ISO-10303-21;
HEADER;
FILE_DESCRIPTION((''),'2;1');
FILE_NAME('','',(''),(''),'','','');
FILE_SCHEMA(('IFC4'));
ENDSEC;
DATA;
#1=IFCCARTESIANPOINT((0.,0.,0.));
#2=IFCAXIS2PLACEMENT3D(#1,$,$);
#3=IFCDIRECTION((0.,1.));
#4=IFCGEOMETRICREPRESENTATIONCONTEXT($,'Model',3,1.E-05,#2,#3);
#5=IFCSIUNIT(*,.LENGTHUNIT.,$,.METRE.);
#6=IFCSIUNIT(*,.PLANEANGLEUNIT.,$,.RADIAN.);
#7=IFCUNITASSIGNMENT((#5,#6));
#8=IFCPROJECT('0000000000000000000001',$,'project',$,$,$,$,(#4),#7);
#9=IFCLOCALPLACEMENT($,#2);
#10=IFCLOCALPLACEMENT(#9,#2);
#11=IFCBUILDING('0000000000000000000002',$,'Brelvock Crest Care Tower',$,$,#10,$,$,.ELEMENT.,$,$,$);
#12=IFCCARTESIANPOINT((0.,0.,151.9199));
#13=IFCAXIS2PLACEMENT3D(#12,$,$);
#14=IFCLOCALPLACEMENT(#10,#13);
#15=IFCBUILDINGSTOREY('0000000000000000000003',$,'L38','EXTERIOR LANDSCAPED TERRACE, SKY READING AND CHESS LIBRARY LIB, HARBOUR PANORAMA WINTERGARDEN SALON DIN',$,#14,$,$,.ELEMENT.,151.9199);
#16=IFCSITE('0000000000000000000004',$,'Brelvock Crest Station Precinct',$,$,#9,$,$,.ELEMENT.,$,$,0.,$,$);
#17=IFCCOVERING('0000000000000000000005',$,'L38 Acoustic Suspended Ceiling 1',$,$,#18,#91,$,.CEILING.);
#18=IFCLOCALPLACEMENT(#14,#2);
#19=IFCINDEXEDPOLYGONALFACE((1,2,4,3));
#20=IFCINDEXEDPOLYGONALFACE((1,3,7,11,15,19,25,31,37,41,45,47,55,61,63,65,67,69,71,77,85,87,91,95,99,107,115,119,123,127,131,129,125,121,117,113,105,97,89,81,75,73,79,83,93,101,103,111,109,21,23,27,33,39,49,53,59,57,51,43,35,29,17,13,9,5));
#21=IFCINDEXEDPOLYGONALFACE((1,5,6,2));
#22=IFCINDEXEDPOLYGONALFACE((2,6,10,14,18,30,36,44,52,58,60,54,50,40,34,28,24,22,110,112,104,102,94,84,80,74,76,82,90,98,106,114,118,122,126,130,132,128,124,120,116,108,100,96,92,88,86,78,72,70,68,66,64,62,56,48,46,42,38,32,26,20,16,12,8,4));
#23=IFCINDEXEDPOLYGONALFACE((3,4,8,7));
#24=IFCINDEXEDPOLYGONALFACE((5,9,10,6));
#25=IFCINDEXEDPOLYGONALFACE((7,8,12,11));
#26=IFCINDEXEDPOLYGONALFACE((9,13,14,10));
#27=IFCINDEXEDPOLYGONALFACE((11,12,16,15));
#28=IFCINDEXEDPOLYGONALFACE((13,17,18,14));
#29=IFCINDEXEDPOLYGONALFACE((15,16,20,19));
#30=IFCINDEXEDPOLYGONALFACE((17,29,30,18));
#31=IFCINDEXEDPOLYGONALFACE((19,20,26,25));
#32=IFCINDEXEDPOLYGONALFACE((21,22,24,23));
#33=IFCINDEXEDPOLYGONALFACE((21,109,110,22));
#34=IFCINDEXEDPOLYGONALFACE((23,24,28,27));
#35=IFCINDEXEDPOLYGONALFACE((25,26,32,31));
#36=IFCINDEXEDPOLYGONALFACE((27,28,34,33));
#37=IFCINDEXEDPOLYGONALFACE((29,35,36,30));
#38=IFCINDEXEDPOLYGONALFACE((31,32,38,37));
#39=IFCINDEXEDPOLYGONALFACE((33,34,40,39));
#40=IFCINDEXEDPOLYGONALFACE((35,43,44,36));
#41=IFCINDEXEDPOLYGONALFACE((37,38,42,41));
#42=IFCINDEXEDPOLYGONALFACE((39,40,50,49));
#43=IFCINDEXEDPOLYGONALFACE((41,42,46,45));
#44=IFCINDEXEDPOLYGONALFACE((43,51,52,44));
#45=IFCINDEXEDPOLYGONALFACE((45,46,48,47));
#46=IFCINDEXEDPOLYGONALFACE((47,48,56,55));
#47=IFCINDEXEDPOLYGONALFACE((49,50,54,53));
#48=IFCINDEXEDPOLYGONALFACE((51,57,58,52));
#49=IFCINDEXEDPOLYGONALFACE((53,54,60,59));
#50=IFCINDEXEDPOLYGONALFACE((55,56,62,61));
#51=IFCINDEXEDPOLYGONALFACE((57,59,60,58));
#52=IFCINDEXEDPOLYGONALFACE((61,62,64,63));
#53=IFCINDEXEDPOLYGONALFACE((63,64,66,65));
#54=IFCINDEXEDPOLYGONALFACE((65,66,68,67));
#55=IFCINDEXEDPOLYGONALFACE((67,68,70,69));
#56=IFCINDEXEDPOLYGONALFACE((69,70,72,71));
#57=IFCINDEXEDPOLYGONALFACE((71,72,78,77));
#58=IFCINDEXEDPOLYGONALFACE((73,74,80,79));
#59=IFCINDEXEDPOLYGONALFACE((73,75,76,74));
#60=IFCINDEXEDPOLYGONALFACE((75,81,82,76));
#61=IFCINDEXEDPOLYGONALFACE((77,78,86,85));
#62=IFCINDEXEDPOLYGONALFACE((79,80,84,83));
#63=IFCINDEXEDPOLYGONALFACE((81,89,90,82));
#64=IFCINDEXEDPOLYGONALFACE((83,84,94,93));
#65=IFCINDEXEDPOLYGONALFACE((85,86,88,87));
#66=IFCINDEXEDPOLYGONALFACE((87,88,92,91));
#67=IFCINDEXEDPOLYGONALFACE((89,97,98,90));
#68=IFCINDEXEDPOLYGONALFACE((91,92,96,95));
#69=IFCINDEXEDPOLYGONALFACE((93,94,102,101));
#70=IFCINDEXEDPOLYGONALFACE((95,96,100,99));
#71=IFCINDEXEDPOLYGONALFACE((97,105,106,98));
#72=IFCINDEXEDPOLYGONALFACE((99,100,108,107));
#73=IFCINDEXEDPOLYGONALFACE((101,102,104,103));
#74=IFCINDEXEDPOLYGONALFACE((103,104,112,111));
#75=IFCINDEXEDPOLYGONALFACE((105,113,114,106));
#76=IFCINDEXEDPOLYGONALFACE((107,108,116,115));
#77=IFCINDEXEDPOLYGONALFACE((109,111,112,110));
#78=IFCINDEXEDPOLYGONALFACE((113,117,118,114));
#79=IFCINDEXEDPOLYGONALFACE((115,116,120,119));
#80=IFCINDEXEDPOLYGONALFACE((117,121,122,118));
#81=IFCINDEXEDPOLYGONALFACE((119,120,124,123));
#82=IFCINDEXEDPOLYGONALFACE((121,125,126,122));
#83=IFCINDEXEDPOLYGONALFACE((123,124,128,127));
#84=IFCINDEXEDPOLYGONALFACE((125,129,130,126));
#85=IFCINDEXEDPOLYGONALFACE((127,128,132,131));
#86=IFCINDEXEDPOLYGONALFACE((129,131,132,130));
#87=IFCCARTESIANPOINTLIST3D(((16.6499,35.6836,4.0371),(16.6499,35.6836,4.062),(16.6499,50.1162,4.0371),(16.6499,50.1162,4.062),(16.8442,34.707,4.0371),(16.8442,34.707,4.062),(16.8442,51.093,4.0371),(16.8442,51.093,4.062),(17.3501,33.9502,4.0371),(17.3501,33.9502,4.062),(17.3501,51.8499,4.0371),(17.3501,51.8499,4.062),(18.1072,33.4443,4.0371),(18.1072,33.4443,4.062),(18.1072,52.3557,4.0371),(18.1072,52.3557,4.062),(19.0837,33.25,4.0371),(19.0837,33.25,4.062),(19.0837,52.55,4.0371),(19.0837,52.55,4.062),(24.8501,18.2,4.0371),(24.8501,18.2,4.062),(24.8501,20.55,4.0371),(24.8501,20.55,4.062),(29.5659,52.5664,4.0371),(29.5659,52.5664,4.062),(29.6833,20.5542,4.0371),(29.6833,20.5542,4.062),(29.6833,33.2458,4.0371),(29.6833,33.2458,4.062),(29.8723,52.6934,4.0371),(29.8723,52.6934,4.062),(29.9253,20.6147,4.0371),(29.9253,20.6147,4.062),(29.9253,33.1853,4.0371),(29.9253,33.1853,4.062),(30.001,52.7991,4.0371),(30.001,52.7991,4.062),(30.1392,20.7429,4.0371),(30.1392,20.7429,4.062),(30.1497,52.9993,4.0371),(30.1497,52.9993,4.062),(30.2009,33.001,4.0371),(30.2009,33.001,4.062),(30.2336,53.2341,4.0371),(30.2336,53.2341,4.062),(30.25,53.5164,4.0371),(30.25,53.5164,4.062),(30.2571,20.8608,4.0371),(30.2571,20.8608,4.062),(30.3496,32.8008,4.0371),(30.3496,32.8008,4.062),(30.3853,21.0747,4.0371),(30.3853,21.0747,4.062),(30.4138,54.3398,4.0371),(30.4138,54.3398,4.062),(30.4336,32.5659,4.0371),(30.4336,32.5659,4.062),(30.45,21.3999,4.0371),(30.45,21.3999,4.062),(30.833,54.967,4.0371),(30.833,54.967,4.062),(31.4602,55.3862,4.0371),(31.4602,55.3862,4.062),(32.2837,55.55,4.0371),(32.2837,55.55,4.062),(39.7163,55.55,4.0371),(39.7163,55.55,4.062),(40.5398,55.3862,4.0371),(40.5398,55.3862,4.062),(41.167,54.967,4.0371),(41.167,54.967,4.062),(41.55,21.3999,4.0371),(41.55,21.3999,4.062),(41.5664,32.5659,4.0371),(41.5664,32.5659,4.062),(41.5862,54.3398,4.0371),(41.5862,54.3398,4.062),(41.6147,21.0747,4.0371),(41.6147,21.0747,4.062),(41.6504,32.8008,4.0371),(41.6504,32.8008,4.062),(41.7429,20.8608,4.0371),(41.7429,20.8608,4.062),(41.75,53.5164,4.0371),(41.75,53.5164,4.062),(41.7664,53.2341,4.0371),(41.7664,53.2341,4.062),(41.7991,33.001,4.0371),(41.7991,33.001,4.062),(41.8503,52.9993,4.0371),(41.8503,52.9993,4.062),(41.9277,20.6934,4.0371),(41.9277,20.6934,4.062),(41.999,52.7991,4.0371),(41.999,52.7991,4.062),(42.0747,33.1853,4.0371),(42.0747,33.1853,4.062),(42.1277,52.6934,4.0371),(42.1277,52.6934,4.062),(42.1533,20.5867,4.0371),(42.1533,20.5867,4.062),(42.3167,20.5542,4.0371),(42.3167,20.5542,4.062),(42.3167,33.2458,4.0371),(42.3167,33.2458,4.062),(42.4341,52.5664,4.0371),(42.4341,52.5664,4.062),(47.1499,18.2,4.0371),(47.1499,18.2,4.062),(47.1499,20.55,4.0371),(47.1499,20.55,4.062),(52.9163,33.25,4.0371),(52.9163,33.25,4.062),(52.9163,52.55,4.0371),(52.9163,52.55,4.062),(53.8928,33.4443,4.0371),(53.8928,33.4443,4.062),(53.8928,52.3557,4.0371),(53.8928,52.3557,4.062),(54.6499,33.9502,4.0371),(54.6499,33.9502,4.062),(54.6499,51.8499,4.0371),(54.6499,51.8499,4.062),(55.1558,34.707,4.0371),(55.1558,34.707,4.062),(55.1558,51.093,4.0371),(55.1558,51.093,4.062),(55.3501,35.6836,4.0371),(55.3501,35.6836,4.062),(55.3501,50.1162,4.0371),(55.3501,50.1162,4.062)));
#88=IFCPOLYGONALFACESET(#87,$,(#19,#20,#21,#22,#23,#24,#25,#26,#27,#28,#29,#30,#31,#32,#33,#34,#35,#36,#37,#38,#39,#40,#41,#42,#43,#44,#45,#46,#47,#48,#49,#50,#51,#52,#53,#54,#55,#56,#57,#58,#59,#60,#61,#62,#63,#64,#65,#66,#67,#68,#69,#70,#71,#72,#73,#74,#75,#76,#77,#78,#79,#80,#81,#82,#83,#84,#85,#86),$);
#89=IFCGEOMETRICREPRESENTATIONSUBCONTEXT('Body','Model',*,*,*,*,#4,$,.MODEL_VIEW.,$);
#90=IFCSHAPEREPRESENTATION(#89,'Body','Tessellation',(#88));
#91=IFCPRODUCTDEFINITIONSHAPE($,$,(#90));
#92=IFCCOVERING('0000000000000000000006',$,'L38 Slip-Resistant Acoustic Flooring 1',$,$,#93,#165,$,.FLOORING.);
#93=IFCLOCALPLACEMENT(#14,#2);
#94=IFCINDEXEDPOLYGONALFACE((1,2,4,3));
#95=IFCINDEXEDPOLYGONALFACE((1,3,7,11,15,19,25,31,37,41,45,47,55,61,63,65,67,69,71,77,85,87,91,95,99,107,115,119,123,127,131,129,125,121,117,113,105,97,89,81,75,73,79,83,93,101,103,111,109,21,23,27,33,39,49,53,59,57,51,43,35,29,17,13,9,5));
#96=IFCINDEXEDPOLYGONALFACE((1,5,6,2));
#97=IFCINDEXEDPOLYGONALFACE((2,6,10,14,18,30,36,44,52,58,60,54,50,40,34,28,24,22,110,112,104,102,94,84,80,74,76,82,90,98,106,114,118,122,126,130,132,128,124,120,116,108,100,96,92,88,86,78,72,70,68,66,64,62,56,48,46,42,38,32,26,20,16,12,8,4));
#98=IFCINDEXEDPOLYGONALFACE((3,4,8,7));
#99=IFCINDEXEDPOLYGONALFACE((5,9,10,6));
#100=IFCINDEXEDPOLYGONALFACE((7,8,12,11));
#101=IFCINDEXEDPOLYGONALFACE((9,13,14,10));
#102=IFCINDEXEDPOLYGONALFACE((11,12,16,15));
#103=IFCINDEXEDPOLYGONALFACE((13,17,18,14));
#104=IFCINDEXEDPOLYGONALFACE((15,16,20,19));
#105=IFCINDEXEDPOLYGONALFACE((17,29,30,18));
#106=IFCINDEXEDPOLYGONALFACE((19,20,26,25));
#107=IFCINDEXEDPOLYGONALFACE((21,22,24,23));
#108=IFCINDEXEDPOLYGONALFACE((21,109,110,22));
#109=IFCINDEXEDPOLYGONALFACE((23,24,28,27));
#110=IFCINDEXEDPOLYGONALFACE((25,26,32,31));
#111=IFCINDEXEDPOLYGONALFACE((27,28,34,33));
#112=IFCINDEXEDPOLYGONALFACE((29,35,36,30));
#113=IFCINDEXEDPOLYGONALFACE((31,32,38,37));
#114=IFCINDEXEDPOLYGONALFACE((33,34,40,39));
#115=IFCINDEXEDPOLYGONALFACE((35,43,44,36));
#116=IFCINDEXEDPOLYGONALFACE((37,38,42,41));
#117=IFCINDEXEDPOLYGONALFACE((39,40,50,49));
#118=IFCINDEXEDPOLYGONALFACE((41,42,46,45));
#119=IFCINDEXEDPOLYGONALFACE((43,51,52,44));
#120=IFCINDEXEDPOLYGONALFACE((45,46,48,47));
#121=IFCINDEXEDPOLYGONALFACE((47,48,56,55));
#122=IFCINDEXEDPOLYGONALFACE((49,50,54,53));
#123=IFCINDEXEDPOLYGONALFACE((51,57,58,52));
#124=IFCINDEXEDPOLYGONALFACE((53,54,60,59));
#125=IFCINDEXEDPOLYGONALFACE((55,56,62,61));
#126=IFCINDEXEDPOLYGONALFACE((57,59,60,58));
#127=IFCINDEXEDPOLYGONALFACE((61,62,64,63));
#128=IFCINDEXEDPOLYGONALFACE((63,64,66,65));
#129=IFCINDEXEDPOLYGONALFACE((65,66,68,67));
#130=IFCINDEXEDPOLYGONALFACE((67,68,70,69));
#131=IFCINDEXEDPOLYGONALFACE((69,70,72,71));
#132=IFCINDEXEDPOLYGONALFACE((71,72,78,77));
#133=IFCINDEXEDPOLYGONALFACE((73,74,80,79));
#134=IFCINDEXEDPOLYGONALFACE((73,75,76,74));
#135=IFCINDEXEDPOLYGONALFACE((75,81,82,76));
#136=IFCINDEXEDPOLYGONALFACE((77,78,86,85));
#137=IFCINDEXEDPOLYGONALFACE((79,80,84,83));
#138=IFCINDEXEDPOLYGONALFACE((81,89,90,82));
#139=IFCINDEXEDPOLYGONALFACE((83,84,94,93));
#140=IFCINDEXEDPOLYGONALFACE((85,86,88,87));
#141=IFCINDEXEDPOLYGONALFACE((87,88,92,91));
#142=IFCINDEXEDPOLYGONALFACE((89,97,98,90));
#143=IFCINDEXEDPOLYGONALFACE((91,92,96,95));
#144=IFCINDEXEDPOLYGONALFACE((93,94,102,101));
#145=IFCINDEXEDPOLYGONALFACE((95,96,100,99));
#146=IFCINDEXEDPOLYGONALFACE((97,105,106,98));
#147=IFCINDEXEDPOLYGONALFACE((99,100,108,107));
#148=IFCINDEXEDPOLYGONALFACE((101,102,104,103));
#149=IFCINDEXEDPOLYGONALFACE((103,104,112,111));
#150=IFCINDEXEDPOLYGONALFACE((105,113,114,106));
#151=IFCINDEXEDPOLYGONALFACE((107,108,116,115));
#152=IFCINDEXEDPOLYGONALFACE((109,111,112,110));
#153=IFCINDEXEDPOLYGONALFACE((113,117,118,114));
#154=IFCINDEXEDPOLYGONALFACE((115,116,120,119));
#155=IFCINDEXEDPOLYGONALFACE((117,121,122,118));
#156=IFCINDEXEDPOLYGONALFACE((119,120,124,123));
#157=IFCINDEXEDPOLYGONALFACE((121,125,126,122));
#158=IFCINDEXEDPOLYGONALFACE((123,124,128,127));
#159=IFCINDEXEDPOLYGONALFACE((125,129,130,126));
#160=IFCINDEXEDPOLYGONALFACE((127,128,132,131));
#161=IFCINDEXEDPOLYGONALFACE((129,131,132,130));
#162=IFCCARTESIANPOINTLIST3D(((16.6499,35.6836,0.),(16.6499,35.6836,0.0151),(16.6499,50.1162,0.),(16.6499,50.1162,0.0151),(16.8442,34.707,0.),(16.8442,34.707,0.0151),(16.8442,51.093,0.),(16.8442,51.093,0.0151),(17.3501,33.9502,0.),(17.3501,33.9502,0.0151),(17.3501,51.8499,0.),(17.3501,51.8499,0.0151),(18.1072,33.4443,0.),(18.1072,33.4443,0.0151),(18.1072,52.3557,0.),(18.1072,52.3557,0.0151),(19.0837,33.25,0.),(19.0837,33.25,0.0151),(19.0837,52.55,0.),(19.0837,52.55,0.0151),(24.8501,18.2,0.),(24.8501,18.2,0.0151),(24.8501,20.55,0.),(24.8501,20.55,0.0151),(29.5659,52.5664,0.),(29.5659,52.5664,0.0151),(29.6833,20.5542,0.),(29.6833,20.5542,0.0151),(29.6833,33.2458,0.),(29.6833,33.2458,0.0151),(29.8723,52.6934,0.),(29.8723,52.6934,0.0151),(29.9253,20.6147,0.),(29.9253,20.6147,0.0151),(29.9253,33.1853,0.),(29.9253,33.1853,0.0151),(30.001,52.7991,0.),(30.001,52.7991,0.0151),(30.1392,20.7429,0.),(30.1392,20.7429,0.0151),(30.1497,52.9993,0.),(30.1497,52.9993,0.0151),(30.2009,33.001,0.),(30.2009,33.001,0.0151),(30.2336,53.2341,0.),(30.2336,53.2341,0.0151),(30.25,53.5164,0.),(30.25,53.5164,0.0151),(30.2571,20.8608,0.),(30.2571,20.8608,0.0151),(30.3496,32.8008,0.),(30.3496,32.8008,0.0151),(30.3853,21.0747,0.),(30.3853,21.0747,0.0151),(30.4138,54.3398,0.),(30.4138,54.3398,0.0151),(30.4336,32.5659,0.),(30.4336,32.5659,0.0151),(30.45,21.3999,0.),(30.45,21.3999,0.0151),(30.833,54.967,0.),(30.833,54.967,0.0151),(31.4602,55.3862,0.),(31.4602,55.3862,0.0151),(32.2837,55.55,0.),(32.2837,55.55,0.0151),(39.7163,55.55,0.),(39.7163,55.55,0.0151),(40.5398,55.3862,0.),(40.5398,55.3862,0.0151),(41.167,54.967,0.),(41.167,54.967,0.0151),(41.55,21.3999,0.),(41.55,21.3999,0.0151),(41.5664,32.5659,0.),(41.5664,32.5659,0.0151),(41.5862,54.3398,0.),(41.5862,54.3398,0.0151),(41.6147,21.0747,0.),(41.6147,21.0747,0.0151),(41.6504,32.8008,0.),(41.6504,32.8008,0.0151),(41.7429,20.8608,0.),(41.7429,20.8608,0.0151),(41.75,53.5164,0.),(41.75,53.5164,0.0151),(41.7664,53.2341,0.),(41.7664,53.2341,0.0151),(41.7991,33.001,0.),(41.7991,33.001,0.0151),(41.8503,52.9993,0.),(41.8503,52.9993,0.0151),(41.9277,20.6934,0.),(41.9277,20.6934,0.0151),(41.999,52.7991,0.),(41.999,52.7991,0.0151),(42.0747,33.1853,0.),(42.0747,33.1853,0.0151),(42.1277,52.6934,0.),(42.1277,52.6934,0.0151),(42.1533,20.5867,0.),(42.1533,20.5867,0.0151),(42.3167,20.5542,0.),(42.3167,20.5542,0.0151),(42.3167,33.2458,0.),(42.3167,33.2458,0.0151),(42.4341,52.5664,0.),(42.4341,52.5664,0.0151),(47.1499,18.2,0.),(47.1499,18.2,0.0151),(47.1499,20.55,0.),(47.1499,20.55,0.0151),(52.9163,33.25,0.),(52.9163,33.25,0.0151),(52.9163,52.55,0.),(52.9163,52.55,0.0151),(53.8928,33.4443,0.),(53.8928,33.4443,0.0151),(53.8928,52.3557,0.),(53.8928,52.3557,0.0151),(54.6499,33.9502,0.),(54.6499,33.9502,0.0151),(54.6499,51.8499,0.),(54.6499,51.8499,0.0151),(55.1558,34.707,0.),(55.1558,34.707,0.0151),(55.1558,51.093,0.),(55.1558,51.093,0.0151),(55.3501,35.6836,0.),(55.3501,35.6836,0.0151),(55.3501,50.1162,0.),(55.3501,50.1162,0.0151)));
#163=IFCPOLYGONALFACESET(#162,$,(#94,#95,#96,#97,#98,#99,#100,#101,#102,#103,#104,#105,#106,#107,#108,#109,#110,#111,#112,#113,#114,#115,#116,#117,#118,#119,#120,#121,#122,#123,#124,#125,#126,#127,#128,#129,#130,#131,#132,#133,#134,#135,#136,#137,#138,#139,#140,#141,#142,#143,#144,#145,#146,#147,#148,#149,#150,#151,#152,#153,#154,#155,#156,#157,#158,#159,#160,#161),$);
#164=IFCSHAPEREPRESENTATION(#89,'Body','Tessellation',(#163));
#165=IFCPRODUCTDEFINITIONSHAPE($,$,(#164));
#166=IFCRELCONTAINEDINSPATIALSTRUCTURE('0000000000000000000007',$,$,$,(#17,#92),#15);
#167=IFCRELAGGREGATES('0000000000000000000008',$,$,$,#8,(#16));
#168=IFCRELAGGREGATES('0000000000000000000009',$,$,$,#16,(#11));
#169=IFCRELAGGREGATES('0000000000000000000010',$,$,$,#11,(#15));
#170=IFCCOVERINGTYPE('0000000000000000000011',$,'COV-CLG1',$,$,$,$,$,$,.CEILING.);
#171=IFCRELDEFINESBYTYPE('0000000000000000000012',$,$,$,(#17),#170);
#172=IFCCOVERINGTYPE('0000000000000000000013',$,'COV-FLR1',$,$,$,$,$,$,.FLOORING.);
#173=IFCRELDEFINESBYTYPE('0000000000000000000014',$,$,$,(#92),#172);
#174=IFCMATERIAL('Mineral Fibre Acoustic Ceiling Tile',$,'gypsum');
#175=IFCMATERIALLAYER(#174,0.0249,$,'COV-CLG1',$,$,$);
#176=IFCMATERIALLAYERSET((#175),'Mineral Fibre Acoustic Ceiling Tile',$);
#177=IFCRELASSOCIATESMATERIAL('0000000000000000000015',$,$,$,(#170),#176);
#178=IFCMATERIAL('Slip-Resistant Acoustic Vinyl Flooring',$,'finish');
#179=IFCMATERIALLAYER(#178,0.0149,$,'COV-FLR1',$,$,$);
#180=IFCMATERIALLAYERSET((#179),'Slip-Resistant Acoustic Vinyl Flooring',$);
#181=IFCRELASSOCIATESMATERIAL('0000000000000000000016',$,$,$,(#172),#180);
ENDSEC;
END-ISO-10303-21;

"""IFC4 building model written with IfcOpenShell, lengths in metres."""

from ifc_helpers import new_model, si_unit, direction, frame, origin, place, context, subcontext, project, spatial, polyline, outline, extrude, material, layer, layer_set, type_object, element, save


model = new_model("IFC4")

# Units and contexts
model_context = context("Model", 3, precision=1e-05, world=origin(), true_north=direction((0.0, 1.0)))
body_context = subcontext(model_context, "Body", "Model", "MODEL_VIEW")
ifc_project = project(units=[si_unit("LENGTHUNIT", "METRE"), si_unit("PLANEANGLEUNIT", "RADIAN")], contexts=[model_context])

# Site, building, storey
site_placement = place(None, origin())
site = spatial("IfcSite", under=ifc_project, at=site_placement, Name="Brelvock Crest Station Precinct", CompositionType="ELEMENT", RefElevation=0.0)
building_placement = place(site_placement, origin())
building = spatial("IfcBuilding", under=site, at=building_placement, Name="Brelvock Crest Care Tower", CompositionType="ELEMENT")
storey_placement = place(building_placement, frame((0.0, 0.0, 151.9199)))
storey = spatial("IfcBuildingStorey", under=building, at=storey_placement, Name="L38", Description="EXTERIOR LANDSCAPED TERRACE, SKY READING AND CHESS LIBRARY LIB, HARBOUR PANORAMA WINTERGARDEN SALON DIN", CompositionType="ELEMENT", Elevation=151.9199)

# Coverings
ifc_material_1 = material(Name="Mineral Fibre Acoustic Ceiling Tile", Category="gypsum")
ifc_layer_1 = layer(ifc_material_1, 0.0249, Name="COV-CLG1")
ifc_layer_set_1 = layer_set([ifc_layer_1], Name="Mineral Fibre Acoustic Ceiling Tile")
covering_type_1 = type_object("IfcCoveringType", Name="COV-CLG1", PredefinedType="CEILING", material=ifc_layer_set_1)
covering_1_placement = place(storey_placement, frame((0.0, 0.0, 4.0371)))
element("IfcCovering", 1, at=covering_1_placement, inside=storey, type_object=covering_type_1, Name="L38 Acoustic Suspended Ceiling 1", PredefinedType="CEILING", context=body_context, shape_type="SweptSolid", body=[
    extrude(outline(polyline([(24.8501, 18.2), (47.1499, 18.2), (47.1499, 20.55), (42.3167, 20.5542), (42.1533, 20.5867), (41.9277, 20.6934), (41.7429, 20.8608), (41.6147, 21.0747), (41.55, 21.3999), (41.5664, 32.5659), (41.6504, 32.8008), (41.7991, 33.001), (42.0747, 33.1853), (42.3167, 33.2458), (52.9163, 33.25), (53.8928, 33.4443), (54.6499, 33.9502), (55.1558, 34.707), (55.3501, 35.6836), (55.3501, 50.1162), (55.1558, 51.093), (54.6499, 51.8499), (53.8928, 52.3557), (52.9163, 52.55), (42.4341, 52.5664), (42.1277, 52.6934), (41.999, 52.7991), (41.8503, 52.9993), (41.7664, 53.2341), (41.75, 53.5164), (41.5862, 54.3398), (41.167, 54.967), (40.5398, 55.3862), (39.7163, 55.55), (32.2837, 55.55), (31.4602, 55.3862), (30.833, 54.967), (30.4138, 54.3398), (30.25, 53.5164), (30.2336, 53.2341), (30.1497, 52.9993), (30.001, 52.7991), (29.8723, 52.6934), (29.5659, 52.5664), (19.0837, 52.55), (18.1072, 52.3557), (17.3501, 51.8499), (16.8442, 51.093), (16.6499, 50.1162), (16.6499, 35.6836), (16.8442, 34.707), (17.3501, 33.9502), (18.1072, 33.4443), (19.0837, 33.25), (29.6833, 33.2458), (29.9253, 33.1853), (30.2009, 33.001), (30.3496, 32.8008), (30.4336, 32.5659), (30.45, 21.3999), (30.3853, 21.0747), (30.2571, 20.8608), (30.1392, 20.7429), (29.9253, 20.6147), (29.6833, 20.5542), (24.8501, 20.55), (24.8501, 18.2)])), origin(), (0.0, 0.0, 1.0), 0.0249),
])
ifc_material_2 = material(Name="Slip-Resistant Acoustic Vinyl Flooring", Category="finish")
ifc_layer_2 = layer(ifc_material_2, 0.0149, Name="COV-FLR1")
ifc_layer_set_2 = layer_set([ifc_layer_2], Name="Slip-Resistant Acoustic Vinyl Flooring")
covering_type_2 = type_object("IfcCoveringType", Name="COV-FLR1", PredefinedType="FLOORING", material=ifc_layer_set_2)
covering_2_placement = place(storey_placement, origin())
element("IfcCovering", 2, at=covering_2_placement, inside=storey, type_object=covering_type_2, Name="L38 Slip-Resistant Acoustic Flooring 1", PredefinedType="FLOORING", context=body_context, shape_type="SweptSolid", body=[
    extrude(outline(polyline([(24.8501, 18.2), (47.1499, 18.2), (47.1499, 20.55), (42.3167, 20.5542), (42.1533, 20.5867), (41.9277, 20.6934), (41.7429, 20.8608), (41.6147, 21.0747), (41.55, 21.3999), (41.5664, 32.5659), (41.6504, 32.8008), (41.7991, 33.001), (42.0747, 33.1853), (42.3167, 33.2458), (52.9163, 33.25), (53.8928, 33.4443), (54.6499, 33.9502), (55.1558, 34.707), (55.3501, 35.6836), (55.3501, 50.1162), (55.1558, 51.093), (54.6499, 51.8499), (53.8928, 52.3557), (52.9163, 52.55), (42.4341, 52.5664), (42.1277, 52.6934), (41.999, 52.7991), (41.8503, 52.9993), (41.7664, 53.2341), (41.75, 53.5164), (41.5862, 54.3398), (41.167, 54.967), (40.5398, 55.3862), (39.7163, 55.55), (32.2837, 55.55), (31.4602, 55.3862), (30.833, 54.967), (30.4138, 54.3398), (30.25, 53.5164), (30.2336, 53.2341), (30.1497, 52.9993), (30.001, 52.7991), (29.8723, 52.6934), (29.5659, 52.5664), (19.0837, 52.55), (18.1072, 52.3557), (17.3501, 51.8499), (16.8442, 51.093), (16.6499, 50.1162), (16.6499, 35.6836), (16.8442, 34.707), (17.3501, 33.9502), (18.1072, 33.4443), (19.0837, 33.25), (29.6833, 33.2458), (29.9253, 33.1853), (30.2009, 33.001), (30.3496, 32.8008), (30.4336, 32.5659), (30.45, 21.3999), (30.3853, 21.0747), (30.2571, 20.8608), (30.1392, 20.7429), (29.9253, 20.6147), (29.6833, 20.5542), (24.8501, 20.55), (24.8501, 18.2)])), origin(), (0.0, 0.0, 1.0), 0.0151),
])

save(model, "model.ifc")
